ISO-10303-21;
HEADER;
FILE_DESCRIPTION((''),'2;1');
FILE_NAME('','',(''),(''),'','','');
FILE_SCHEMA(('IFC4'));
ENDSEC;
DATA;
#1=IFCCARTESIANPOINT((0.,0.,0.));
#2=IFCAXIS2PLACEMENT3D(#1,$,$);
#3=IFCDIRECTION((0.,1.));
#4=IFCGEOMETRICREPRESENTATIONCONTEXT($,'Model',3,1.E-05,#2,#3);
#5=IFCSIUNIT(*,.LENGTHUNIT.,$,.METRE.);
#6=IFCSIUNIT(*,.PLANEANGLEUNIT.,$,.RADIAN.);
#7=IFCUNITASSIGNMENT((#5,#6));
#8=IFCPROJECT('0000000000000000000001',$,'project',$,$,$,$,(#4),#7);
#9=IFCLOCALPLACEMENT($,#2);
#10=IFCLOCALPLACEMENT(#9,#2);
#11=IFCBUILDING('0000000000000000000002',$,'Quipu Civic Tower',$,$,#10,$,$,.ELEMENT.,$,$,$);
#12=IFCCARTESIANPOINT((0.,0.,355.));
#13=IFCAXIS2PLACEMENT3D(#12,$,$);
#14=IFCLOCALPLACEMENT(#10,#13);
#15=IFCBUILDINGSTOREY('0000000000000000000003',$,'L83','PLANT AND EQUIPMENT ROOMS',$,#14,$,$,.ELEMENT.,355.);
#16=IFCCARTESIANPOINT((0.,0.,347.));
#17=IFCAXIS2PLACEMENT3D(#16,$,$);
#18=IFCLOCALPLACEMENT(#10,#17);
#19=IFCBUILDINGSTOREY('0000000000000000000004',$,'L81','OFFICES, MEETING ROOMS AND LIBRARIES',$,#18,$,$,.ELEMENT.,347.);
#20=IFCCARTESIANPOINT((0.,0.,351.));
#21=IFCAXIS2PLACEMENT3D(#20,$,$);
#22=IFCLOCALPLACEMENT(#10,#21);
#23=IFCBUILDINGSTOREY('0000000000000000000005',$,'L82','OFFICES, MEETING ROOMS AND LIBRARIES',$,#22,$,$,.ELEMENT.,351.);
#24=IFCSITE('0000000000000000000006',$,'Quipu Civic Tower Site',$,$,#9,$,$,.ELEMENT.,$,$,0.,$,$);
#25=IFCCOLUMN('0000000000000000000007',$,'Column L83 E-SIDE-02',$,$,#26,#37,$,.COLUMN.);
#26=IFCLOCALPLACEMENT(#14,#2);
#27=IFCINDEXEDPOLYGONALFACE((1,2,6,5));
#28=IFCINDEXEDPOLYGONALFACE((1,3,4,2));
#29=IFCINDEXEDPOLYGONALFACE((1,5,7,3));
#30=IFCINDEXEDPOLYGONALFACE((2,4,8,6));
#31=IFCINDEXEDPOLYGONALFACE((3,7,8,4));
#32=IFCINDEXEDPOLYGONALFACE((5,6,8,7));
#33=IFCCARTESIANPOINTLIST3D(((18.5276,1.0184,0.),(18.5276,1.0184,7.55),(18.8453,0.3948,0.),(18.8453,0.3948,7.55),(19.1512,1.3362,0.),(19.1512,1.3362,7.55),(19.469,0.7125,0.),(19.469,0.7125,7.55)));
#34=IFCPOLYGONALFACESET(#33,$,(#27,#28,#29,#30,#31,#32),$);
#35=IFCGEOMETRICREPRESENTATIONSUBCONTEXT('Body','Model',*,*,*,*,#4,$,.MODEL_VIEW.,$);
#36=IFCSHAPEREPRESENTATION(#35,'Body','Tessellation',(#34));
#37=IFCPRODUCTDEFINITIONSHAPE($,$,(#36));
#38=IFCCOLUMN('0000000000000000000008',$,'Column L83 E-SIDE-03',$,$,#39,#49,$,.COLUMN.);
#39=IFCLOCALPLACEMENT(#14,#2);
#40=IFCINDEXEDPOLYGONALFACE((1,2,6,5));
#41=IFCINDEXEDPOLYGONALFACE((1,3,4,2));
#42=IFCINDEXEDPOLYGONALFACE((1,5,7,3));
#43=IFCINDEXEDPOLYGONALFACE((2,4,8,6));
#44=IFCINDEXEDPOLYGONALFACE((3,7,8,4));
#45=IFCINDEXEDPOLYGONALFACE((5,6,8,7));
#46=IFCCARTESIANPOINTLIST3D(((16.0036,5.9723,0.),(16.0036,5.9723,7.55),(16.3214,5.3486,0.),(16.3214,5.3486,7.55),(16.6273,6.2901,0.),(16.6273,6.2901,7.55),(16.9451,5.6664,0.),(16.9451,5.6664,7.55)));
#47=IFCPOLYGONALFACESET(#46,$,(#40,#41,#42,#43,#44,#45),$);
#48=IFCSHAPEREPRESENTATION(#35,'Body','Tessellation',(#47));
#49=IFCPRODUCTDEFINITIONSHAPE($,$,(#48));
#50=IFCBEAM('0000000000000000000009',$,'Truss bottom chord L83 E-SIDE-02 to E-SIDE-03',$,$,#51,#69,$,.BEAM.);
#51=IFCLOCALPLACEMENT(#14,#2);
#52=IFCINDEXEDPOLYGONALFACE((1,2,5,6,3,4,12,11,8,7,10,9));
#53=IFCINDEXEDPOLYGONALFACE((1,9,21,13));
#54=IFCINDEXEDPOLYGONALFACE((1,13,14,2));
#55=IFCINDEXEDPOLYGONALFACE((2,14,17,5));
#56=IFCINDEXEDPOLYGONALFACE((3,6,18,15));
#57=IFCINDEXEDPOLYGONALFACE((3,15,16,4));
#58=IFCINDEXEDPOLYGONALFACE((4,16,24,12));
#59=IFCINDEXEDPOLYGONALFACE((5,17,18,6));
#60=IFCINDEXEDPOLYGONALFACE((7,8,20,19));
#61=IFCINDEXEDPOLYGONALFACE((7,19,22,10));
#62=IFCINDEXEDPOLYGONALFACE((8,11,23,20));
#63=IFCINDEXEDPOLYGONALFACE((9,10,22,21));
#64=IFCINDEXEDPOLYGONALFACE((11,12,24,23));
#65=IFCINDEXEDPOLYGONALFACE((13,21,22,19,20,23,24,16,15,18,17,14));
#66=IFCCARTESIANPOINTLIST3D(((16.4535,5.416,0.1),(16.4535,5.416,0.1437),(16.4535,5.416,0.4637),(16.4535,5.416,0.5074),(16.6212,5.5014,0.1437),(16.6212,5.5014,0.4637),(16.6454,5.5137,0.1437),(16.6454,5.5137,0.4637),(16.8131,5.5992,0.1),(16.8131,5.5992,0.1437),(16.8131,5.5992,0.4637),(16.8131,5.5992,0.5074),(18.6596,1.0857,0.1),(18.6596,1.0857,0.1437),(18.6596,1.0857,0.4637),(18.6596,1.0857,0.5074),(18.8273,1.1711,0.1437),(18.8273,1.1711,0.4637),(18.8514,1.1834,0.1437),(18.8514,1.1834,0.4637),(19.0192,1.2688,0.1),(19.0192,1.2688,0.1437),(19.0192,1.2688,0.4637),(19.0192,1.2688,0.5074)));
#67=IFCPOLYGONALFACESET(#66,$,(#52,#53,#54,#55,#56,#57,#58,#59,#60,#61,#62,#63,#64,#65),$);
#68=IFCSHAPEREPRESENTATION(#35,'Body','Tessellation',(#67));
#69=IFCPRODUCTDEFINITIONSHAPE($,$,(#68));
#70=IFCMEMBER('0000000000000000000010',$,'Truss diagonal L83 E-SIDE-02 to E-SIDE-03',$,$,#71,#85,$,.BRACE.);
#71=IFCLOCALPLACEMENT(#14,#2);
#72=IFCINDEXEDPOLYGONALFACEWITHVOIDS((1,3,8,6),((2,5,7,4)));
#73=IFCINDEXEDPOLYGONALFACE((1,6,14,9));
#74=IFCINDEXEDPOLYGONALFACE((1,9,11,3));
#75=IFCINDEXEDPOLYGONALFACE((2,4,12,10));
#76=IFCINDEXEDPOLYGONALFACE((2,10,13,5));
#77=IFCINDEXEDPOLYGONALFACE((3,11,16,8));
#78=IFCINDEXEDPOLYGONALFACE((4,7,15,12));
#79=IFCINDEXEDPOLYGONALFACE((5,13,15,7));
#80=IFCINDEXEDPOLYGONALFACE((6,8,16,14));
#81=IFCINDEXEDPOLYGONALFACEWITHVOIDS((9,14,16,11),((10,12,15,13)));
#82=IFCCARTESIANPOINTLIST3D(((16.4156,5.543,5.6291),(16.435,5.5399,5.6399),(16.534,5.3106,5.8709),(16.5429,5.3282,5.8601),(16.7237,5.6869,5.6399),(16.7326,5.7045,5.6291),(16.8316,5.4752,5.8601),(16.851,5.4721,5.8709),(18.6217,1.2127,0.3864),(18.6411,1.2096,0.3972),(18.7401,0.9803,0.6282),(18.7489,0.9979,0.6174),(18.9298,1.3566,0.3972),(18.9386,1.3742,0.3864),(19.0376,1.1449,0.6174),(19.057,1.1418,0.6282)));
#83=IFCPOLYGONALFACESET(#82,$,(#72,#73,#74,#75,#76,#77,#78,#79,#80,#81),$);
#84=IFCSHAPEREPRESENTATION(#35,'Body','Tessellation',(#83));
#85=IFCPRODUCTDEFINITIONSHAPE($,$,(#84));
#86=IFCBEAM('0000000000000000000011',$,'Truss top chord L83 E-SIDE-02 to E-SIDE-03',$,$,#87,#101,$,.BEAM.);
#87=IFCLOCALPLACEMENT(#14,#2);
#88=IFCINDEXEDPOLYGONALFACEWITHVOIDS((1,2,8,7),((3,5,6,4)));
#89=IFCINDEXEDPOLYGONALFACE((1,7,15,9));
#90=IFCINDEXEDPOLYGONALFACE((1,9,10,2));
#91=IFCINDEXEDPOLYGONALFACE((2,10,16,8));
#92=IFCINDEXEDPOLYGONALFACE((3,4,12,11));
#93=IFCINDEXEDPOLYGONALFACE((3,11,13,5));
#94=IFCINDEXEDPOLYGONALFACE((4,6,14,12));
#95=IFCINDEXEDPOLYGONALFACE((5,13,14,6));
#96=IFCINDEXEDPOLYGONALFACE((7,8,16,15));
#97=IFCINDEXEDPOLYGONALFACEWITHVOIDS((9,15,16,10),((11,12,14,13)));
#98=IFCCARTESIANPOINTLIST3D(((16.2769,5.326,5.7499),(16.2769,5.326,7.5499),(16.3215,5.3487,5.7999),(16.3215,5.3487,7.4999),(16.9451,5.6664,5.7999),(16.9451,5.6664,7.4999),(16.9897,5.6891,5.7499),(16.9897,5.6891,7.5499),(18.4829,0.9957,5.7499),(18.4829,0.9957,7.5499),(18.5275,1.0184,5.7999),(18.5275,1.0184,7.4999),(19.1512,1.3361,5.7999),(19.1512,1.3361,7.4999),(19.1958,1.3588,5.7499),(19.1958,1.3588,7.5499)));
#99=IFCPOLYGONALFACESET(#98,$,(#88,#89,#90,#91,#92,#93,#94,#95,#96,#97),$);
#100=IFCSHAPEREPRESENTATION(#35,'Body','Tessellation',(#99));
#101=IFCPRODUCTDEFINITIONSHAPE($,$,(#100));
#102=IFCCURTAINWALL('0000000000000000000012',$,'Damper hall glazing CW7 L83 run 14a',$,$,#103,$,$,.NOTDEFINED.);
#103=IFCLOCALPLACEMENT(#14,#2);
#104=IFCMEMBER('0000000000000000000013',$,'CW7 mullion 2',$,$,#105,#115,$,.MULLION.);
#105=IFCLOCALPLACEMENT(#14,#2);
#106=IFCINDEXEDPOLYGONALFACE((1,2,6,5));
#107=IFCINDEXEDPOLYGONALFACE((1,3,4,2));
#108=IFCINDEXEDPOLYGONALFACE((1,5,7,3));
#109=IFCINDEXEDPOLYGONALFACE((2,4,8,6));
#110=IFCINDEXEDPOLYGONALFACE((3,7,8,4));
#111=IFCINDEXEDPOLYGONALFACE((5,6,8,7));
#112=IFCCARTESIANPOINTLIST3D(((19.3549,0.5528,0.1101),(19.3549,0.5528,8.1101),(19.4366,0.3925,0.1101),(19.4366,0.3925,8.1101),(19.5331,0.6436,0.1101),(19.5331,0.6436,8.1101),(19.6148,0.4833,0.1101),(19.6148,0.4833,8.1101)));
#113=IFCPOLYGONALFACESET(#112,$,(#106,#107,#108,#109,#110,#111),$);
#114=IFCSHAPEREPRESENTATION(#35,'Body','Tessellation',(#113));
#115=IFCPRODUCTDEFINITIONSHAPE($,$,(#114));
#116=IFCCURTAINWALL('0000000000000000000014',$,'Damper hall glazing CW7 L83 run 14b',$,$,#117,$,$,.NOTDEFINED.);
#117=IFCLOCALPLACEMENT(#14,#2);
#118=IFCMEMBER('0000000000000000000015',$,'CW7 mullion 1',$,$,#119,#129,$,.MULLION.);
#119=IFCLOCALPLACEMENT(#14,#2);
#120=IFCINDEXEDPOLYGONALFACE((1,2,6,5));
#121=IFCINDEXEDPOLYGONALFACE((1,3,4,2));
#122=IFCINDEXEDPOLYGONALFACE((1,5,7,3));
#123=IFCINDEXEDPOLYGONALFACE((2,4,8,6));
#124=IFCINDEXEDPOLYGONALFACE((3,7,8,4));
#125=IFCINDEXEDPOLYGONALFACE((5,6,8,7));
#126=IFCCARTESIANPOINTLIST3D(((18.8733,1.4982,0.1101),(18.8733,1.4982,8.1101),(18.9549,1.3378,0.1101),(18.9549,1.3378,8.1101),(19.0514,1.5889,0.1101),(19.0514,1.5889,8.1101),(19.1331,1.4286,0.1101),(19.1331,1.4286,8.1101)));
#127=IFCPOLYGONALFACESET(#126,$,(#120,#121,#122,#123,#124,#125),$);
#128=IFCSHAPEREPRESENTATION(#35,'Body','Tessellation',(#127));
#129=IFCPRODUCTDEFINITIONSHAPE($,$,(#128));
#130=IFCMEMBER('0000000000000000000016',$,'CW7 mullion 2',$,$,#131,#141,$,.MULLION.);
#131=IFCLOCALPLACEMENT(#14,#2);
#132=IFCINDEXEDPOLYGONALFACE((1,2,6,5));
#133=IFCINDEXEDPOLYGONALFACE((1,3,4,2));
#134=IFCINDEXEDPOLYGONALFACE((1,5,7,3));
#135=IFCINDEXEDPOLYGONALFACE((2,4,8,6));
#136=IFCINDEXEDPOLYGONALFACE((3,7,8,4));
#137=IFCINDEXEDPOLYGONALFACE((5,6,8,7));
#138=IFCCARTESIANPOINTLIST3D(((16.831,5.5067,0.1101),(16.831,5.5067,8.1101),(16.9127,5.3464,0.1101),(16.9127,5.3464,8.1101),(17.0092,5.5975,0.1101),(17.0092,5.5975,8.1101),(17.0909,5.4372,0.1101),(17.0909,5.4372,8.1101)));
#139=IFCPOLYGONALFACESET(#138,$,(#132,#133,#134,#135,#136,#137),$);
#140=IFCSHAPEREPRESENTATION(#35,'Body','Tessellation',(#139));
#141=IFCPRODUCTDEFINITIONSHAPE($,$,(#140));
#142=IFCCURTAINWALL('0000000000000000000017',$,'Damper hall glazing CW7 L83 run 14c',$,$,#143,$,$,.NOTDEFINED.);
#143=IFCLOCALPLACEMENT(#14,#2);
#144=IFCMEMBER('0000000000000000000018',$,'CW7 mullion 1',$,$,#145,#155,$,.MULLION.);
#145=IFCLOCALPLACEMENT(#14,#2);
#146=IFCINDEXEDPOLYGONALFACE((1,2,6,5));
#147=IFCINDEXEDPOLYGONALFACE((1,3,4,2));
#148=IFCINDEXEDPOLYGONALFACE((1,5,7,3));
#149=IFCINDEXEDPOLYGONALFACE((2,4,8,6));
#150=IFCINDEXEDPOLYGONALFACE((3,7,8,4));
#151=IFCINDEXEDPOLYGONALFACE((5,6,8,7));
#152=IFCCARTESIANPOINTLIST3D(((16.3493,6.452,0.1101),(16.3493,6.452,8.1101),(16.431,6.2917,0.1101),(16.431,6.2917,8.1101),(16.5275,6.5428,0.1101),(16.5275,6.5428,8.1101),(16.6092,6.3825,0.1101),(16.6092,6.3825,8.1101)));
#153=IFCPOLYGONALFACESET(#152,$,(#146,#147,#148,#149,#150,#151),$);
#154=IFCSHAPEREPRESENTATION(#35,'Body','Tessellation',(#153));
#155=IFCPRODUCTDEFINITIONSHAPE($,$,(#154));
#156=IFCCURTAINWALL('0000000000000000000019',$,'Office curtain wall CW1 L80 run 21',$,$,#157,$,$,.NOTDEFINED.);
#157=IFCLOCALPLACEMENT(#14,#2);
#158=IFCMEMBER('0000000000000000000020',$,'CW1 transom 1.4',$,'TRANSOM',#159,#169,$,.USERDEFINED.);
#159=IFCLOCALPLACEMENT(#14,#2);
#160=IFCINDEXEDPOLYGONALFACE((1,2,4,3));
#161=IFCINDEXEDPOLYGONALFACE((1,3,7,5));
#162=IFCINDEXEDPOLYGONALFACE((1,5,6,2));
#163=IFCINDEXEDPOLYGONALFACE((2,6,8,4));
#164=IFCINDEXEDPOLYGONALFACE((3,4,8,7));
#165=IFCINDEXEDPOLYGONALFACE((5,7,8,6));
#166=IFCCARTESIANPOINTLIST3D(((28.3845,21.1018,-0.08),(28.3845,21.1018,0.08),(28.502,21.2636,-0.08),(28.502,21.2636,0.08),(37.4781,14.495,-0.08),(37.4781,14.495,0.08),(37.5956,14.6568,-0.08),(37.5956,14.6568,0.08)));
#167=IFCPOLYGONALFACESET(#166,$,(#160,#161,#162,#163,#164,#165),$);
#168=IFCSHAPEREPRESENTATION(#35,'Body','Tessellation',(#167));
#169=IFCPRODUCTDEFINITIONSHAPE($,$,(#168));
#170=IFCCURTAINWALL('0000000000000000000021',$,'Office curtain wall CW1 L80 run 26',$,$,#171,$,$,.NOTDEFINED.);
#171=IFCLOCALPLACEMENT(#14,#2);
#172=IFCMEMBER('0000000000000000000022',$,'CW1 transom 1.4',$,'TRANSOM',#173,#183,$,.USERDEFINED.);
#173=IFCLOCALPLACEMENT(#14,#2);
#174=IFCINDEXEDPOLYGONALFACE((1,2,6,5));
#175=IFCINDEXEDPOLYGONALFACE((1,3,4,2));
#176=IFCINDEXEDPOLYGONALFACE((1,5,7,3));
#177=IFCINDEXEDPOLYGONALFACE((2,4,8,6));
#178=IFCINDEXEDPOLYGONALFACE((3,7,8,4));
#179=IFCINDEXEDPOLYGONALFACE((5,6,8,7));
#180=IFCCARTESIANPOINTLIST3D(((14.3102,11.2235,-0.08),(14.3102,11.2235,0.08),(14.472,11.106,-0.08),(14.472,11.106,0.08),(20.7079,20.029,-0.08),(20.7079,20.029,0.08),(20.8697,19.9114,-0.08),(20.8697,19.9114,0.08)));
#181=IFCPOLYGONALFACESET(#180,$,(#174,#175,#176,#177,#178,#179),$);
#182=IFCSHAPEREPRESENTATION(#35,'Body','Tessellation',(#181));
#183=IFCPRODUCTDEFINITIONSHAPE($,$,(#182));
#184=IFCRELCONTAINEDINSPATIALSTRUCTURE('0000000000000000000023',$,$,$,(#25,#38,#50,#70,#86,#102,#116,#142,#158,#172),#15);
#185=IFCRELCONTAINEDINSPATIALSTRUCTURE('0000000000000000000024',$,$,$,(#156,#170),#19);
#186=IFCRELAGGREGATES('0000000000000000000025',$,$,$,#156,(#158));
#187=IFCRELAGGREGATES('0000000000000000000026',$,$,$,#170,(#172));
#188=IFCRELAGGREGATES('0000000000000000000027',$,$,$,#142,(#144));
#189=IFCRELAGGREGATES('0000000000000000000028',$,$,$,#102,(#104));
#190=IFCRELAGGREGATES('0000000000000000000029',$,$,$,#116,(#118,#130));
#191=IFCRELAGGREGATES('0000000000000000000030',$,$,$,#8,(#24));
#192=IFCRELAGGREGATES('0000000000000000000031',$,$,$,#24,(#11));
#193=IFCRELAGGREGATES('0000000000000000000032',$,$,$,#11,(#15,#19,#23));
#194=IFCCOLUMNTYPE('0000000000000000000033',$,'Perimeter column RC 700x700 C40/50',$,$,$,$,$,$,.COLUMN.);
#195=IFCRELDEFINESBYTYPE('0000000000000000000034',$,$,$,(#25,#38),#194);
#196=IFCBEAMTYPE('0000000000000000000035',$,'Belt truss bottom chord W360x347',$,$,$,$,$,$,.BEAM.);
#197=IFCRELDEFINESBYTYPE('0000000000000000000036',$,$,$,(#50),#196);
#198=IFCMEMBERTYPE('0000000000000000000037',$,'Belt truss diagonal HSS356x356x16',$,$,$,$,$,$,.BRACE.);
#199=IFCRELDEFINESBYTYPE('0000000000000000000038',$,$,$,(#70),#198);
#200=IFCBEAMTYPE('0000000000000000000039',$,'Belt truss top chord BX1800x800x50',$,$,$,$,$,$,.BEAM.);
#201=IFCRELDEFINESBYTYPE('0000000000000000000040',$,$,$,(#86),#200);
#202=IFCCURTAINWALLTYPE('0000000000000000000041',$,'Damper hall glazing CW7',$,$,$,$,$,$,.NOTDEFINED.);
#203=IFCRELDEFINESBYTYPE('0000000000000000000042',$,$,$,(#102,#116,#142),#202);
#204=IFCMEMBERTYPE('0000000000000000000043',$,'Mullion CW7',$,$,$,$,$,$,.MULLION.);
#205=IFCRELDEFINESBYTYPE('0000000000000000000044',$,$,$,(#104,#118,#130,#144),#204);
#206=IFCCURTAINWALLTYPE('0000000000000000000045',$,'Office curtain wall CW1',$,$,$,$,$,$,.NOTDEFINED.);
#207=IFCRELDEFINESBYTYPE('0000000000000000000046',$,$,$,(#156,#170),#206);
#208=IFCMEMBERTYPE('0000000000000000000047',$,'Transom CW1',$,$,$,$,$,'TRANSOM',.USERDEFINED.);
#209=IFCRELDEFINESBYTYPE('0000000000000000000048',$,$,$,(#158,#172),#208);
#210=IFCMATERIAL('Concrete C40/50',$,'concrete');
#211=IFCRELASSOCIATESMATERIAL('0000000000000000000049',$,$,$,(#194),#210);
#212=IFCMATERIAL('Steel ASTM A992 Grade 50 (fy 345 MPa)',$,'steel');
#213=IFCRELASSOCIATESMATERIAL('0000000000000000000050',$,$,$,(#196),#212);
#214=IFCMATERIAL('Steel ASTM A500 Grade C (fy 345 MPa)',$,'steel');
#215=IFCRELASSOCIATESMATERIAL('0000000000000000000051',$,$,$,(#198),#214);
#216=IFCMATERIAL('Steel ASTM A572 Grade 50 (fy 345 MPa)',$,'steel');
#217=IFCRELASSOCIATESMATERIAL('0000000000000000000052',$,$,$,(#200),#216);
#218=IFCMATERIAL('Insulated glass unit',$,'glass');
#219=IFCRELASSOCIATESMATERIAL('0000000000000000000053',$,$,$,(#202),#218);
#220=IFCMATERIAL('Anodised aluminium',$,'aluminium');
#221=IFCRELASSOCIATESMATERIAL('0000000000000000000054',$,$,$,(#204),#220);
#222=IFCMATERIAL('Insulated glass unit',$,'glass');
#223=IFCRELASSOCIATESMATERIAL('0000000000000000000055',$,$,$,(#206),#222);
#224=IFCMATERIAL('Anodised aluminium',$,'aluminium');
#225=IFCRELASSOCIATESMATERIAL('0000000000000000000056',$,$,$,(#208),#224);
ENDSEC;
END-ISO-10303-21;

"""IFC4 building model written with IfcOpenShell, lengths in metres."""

from ifc_helpers import new_model, si_unit, direction, frame, origin, origin_2d, place, context, subcontext, project, spatial, rectangle, hollow_rectangle, i_section, extrude, material, material_profile, profile_set, type_object, element, aggregate, save


model = new_model("IFC4")

# Units and contexts
model_context = context("Model", 3, precision=1e-05, world=origin(), true_north=direction((0.0, 1.0)))
body_context = subcontext(model_context, "Body", "Model", "MODEL_VIEW")
ifc_project = project(units=[si_unit("LENGTHUNIT", "METRE"), si_unit("PLANEANGLEUNIT", "RADIAN")], contexts=[model_context])

# Site, building, storey
site_placement = place(None, origin())
site = spatial("IfcSite", under=ifc_project, at=site_placement, Name="Quipu Civic Tower Site", CompositionType="ELEMENT", RefElevation=0.0)
building_placement = place(site_placement, origin())
building = spatial("IfcBuilding", under=site, at=building_placement, Name="Quipu Civic Tower", CompositionType="ELEMENT")
storey_1_placement = place(building_placement, frame((0.0, 0.0, 355.0)))
storey_1 = spatial("IfcBuildingStorey", under=building, at=storey_1_placement, Name="L83", Description="PLANT AND EQUIPMENT ROOMS", CompositionType="ELEMENT", Elevation=355.0)

# Columns
ifc_material_1 = material(Name="Concrete C40/50", Category="concrete")
ifc_material_profile_1 = material_profile(ifc_material_1, rectangle(XDim=0.7, YDim=0.7, at=origin_2d()), Name="RC700x700")
ifc_profile_set_1 = profile_set([ifc_material_profile_1], Name="Concrete C40/50")
column_type = type_object("IfcColumnType", Name="Perimeter column RC 700x700 C40/50", PredefinedType="COLUMN", material=ifc_profile_set_1)
for number, where, z_axis, x_axis, name in (
    (1, (18.9983, 0.8655, 0.0), (0.0, 0.0, 1.0), (-0.45399, 0.891007, 0.0), "Column L83 E-SIDE-02"),
    (2, (16.4744, 5.8193, 0.0), (0.0, 0.0, 1.0), (-0.45399, 0.891007, 0.0), "Column L83 E-SIDE-03"),
):
    element("IfcColumn", number, at=place(storey_1_placement, frame(where, z_axis=z_axis, x_axis=x_axis)), inside=storey_1, type_object=column_type, Name=name, PredefinedType="COLUMN", context=body_context, shape_type="SweptSolid", body=[
        extrude(rectangle(XDim=0.7, YDim=0.7, at=origin_2d()), origin(), (0.0, 0.0, 1.0), 7.55),
    ])

# Beam
ifc_material_2 = material(Name="Steel ASTM A992 Grade 50 (fy 345 MPa)", Category="steel")
ifc_material_profile_2 = material_profile(ifc_material_2, i_section(OverallWidth=0.4036, OverallDepth=0.4075, WebThickness=0.0271, FlangeThickness=0.0437, at=origin_2d()), Name="W360x347")
ifc_profile_set_2 = profile_set([ifc_material_profile_2], Name="Steel ASTM A992 Grade 50 (fy 345 MPa)")
beam_type_1 = type_object("IfcBeamType", Name="Belt truss bottom chord W360x347", PredefinedType="BEAM", material=ifc_profile_set_2)
beam_1_placement = place(storey_1_placement, frame((18.8394, 1.1772, 0.3037), z_axis=(-0.453933, 0.891036, 0.0), x_axis=(-0.891036, -0.453933, 0.0)))
element("IfcBeam", 3, at=beam_1_placement, inside=storey_1, type_object=beam_type_1, Name="Truss bottom chord L83 E-SIDE-02 to E-SIDE-03", PredefinedType="BEAM", context=body_context, shape_type="SweptSolid", body=[
    extrude(i_section(OverallWidth=0.4036, OverallDepth=0.4075, WebThickness=0.0271, FlangeThickness=0.0437, at=origin_2d()), origin(), (0.0, 0.0, 1.0), 4.8599),
])

# Member
ifc_material_3 = material(Name="Steel ASTM A500 Grade C (fy 345 MPa)", Category="steel")
ifc_material_profile_3 = material_profile(ifc_material_3, hollow_rectangle(XDim=0.3557, YDim=0.3557, WallThickness=0.0159, at=origin_2d()), Name="HSS356x356x16")
ifc_profile_set_3 = profile_set([ifc_material_profile_3], Name="Steel ASTM A500 Grade C (fy 345 MPa)")
member_type_1 = type_object("IfcMemberType", Name="Belt truss diagonal HSS356x356x16", PredefinedType="BRACE", material=ifc_profile_set_3)
member_1_placement = place(storey_1_placement, frame((18.8394, 1.1772, 0.5073), z_axis=(-0.308595, 0.605749, 0.733374), x_axis=(-0.891036, -0.453933, 0.0)))
element("IfcMember", 4, at=member_1_placement, inside=storey_1, type_object=member_type_1, Name="Truss diagonal L83 E-SIDE-02 to E-SIDE-03", PredefinedType="BRACE", context=body_context, shape_type="SweptSolid", body=[
    extrude(hollow_rectangle(XDim=0.3557, YDim=0.3557, WallThickness=0.0159, at=origin_2d()), origin(), (0.0, 0.0, 1.0), 7.1487),
])

# Beam
ifc_material_4 = material(Name="Steel ASTM A572 Grade 50 (fy 345 MPa)", Category="steel")
ifc_material_profile_4 = material_profile(ifc_material_4, hollow_rectangle(XDim=0.8, YDim=1.8, WallThickness=0.05, at=origin_2d()), Name="BX1800x800x50")
ifc_profile_set_4 = profile_set([ifc_material_profile_4], Name="Steel ASTM A572 Grade 50 (fy 345 MPa)")
beam_type_2 = type_object("IfcBeamType", Name="Belt truss top chord BX1800x800x50", PredefinedType="BEAM", material=ifc_profile_set_4)
beam_2_placement = place(storey_1_placement, frame((18.8394, 1.1772, 6.6499), z_axis=(-0.453933, 0.891036, 0.0), x_axis=(-0.891036, -0.453933, 0.0)))
element("IfcBeam", 5, at=beam_2_placement, inside=storey_1, type_object=beam_type_2, Name="Truss top chord L83 E-SIDE-02 to E-SIDE-03", PredefinedType="BEAM", context=body_context, shape_type="SweptSolid", body=[
    extrude(hollow_rectangle(XDim=0.8, YDim=1.8, WallThickness=0.05, at=origin_2d()), origin(), (0.0, 0.0, 1.0), 4.8599),
])

# Curtain wall, member
ifc_material_5 = material(Name="Insulated glass unit", Category="glass")
curtain_wall_type_1 = type_object("IfcCurtainWallType", Name="Damper hall glazing CW7", PredefinedType="NOTDEFINED", material=ifc_material_5)
curtain_wall_1_placement = place(storey_1_placement, origin())
curtain_wall_1 = element("IfcCurtainWall", 6, at=curtain_wall_1_placement, inside=storey_1, type_object=curtain_wall_type_1, Name="Damper hall glazing CW7 L83 run 14a", PredefinedType="NOTDEFINED")
ifc_material_6 = material(Name="Anodised aluminium", Category="aluminium")
ifc_material_profile_5 = material_profile(ifc_material_6, rectangle(XDim=0.2, YDim=0.1799, at=origin_2d()), Name="RECT 200x180")
ifc_profile_set_5 = profile_set([ifc_material_profile_5], Name="Anodised aluminium")
member_type_2 = type_object("IfcMemberType", Name="Mullion CW7", PredefinedType="MULLION", material=ifc_profile_set_5)
member_2_placement = place(storey_1_placement, frame((19.4849, 0.5181, 0.1101), z_axis=(0.0, 0.0, 1.0), x_axis=(-0.891, -0.454003, 0.0)))
member_2 = element("IfcMember", 7, at=member_2_placement, type_object=member_type_2, Name="CW7 mullion 2", PredefinedType="MULLION", context=body_context, shape_type="SweptSolid", body=[
    extrude(rectangle(XDim=0.2, YDim=0.1799, at=origin_2d()), origin(), (0.0, 0.0, 1.0), 8.0),
])

# Curtain wall, members
curtain_wall_2_placement = place(storey_1_placement, origin())
curtain_wall_2 = element("IfcCurtainWall", 8, at=curtain_wall_2_placement, inside=storey_1, type_object=curtain_wall_type_1, Name="Damper hall glazing CW7 L83 run 14b", PredefinedType="NOTDEFINED")
member_3_placement = place(storey_1_placement, frame((19.0032, 1.4634, 0.1101), z_axis=(0.0, 0.0, 1.0), x_axis=(-0.891012, -0.45398, 0.0)))
member_3 = element("IfcMember", 9, at=member_3_placement, type_object=member_type_2, Name="CW7 mullion 1", PredefinedType="MULLION", context=body_context, shape_type="SweptSolid", body=[
    extrude(rectangle(XDim=0.2, YDim=0.1799, at=origin_2d()), origin(), (0.0, 0.0, 1.0), 8.0),
])
member_4_placement = place(storey_1_placement, frame((16.9609, 5.4719, 0.1101), z_axis=(0.0, 0.0, 1.0), x_axis=(-0.891012, -0.45398, 0.0)))
member_4 = element("IfcMember", 10, at=member_4_placement, type_object=member_type_2, Name="CW7 mullion 2", PredefinedType="MULLION", context=body_context, shape_type="SweptSolid", body=[
    extrude(rectangle(XDim=0.2, YDim=0.1799, at=origin_2d()), origin(), (0.0, 0.0, 1.0), 8.0),
])

# Curtain wall, member
curtain_wall_3_placement = place(storey_1_placement, origin())
curtain_wall_3 = element("IfcCurtainWall", 11, at=curtain_wall_3_placement, inside=storey_1, type_object=curtain_wall_type_1, Name="Damper hall glazing CW7 L83 run 14c", PredefinedType="NOTDEFINED")
member_5_placement = place(storey_1_placement, frame((16.4792, 6.4172, 0.1101), z_axis=(0.0, 0.0, 1.0), x_axis=(-0.891018, -0.453967, 0.0)))
member_5 = element("IfcMember", 12, at=member_5_placement, type_object=member_type_2, Name="CW7 mullion 1", PredefinedType="MULLION", context=body_context, shape_type="SweptSolid", body=[
    extrude(rectangle(XDim=0.2, YDim=0.1799, at=origin_2d()), origin(), (0.0, 0.0, 1.0), 8.0),
])

# Shared definitions
storey_2_placement = place(building_placement, frame((0.0, 0.0, 347.0)))
storey_2 = spatial("IfcBuildingStorey", under=building, at=storey_2_placement, Name="L81", Description="OFFICES, MEETING ROOMS AND LIBRARIES", CompositionType="ELEMENT", Elevation=347.0)

# Curtain walls, members
ifc_material_7 = material(Name="Insulated glass unit", Category="glass")
curtain_wall_type_2 = type_object("IfcCurtainWallType", Name="Office curtain wall CW1", PredefinedType="NOTDEFINED", material=ifc_material_7)
curtain_wall_4_placement = place(storey_2_placement, origin())
curtain_wall_4 = element("IfcCurtainWall", 13, at=curtain_wall_4_placement, inside=storey_2, type_object=curtain_wall_type_2, Name="Office curtain wall CW1 L80 run 21", PredefinedType="NOTDEFINED")
ifc_material_8 = material(Name="Anodised aluminium", Category="aluminium")
ifc_material_profile_6 = material_profile(ifc_material_8, rectangle(XDim=0.2, YDim=0.1599, at=origin_2d()), Name="RECT 200x160")
ifc_profile_set_6 = profile_set([ifc_material_profile_6], Name="Anodised aluminium")
member_type_3 = type_object("IfcMemberType", Name="Transom CW1", ElementType="TRANSOM", PredefinedType="USERDEFINED", material=ifc_profile_set_6)
member_6_placement = place(storey_1_placement, frame((37.5369, 14.5759, 0.0), z_axis=(-0.809022, 0.587778, 0.0), x_axis=(-0.587778, -0.809022, 0.0)))
member_6 = element("IfcMember", 14, at=member_6_placement, inside=storey_1, type_object=member_type_3, Name="CW1 transom 1.4", ObjectType="TRANSOM", PredefinedType="USERDEFINED", context=body_context, shape_type="SweptSolid", body=[
    extrude(rectangle(XDim=0.2, YDim=0.1599, at=origin_2d()), origin(), (0.0, 0.0, 1.0), 11.2402),
])
aggregate(curtain_wall_4, [member_6])
curtain_wall_5_placement = place(storey_2_placement, origin())
curtain_wall_5 = element("IfcCurtainWall", 15, at=curtain_wall_5_placement, inside=storey_2, type_object=curtain_wall_type_2, Name="Office curtain wall CW1 L80 run 26", PredefinedType="NOTDEFINED")
member_7_placement = place(storey_1_placement, frame((20.7888, 19.9702, 0.0), z_axis=(-0.587797, -0.809009, 0.0), x_axis=(0.809009, -0.587797, 0.0)))
member_7 = element("IfcMember", 16, at=member_7_placement, inside=storey_1, type_object=member_type_3, Name="CW1 transom 1.4", ObjectType="TRANSOM", PredefinedType="USERDEFINED", context=body_context, shape_type="SweptSolid", body=[
    extrude(rectangle(XDim=0.2, YDim=0.1599, at=origin_2d()), origin(), (0.0, 0.0, 1.0), 10.8843),
])
aggregate(curtain_wall_5, [member_7])

# Shared definitions
storey_3_placement = place(building_placement, frame((0.0, 0.0, 351.0)))
storey_3 = spatial("IfcBuildingStorey", under=building, at=storey_3_placement, Name="L82", Description="OFFICES, MEETING ROOMS AND LIBRARIES", CompositionType="ELEMENT", Elevation=351.0)

aggregate(curtain_wall_3, [member_5])

aggregate(curtain_wall_1, [member_2])
aggregate(curtain_wall_2, [member_3, member_4])

save(model, "model.ifc")
